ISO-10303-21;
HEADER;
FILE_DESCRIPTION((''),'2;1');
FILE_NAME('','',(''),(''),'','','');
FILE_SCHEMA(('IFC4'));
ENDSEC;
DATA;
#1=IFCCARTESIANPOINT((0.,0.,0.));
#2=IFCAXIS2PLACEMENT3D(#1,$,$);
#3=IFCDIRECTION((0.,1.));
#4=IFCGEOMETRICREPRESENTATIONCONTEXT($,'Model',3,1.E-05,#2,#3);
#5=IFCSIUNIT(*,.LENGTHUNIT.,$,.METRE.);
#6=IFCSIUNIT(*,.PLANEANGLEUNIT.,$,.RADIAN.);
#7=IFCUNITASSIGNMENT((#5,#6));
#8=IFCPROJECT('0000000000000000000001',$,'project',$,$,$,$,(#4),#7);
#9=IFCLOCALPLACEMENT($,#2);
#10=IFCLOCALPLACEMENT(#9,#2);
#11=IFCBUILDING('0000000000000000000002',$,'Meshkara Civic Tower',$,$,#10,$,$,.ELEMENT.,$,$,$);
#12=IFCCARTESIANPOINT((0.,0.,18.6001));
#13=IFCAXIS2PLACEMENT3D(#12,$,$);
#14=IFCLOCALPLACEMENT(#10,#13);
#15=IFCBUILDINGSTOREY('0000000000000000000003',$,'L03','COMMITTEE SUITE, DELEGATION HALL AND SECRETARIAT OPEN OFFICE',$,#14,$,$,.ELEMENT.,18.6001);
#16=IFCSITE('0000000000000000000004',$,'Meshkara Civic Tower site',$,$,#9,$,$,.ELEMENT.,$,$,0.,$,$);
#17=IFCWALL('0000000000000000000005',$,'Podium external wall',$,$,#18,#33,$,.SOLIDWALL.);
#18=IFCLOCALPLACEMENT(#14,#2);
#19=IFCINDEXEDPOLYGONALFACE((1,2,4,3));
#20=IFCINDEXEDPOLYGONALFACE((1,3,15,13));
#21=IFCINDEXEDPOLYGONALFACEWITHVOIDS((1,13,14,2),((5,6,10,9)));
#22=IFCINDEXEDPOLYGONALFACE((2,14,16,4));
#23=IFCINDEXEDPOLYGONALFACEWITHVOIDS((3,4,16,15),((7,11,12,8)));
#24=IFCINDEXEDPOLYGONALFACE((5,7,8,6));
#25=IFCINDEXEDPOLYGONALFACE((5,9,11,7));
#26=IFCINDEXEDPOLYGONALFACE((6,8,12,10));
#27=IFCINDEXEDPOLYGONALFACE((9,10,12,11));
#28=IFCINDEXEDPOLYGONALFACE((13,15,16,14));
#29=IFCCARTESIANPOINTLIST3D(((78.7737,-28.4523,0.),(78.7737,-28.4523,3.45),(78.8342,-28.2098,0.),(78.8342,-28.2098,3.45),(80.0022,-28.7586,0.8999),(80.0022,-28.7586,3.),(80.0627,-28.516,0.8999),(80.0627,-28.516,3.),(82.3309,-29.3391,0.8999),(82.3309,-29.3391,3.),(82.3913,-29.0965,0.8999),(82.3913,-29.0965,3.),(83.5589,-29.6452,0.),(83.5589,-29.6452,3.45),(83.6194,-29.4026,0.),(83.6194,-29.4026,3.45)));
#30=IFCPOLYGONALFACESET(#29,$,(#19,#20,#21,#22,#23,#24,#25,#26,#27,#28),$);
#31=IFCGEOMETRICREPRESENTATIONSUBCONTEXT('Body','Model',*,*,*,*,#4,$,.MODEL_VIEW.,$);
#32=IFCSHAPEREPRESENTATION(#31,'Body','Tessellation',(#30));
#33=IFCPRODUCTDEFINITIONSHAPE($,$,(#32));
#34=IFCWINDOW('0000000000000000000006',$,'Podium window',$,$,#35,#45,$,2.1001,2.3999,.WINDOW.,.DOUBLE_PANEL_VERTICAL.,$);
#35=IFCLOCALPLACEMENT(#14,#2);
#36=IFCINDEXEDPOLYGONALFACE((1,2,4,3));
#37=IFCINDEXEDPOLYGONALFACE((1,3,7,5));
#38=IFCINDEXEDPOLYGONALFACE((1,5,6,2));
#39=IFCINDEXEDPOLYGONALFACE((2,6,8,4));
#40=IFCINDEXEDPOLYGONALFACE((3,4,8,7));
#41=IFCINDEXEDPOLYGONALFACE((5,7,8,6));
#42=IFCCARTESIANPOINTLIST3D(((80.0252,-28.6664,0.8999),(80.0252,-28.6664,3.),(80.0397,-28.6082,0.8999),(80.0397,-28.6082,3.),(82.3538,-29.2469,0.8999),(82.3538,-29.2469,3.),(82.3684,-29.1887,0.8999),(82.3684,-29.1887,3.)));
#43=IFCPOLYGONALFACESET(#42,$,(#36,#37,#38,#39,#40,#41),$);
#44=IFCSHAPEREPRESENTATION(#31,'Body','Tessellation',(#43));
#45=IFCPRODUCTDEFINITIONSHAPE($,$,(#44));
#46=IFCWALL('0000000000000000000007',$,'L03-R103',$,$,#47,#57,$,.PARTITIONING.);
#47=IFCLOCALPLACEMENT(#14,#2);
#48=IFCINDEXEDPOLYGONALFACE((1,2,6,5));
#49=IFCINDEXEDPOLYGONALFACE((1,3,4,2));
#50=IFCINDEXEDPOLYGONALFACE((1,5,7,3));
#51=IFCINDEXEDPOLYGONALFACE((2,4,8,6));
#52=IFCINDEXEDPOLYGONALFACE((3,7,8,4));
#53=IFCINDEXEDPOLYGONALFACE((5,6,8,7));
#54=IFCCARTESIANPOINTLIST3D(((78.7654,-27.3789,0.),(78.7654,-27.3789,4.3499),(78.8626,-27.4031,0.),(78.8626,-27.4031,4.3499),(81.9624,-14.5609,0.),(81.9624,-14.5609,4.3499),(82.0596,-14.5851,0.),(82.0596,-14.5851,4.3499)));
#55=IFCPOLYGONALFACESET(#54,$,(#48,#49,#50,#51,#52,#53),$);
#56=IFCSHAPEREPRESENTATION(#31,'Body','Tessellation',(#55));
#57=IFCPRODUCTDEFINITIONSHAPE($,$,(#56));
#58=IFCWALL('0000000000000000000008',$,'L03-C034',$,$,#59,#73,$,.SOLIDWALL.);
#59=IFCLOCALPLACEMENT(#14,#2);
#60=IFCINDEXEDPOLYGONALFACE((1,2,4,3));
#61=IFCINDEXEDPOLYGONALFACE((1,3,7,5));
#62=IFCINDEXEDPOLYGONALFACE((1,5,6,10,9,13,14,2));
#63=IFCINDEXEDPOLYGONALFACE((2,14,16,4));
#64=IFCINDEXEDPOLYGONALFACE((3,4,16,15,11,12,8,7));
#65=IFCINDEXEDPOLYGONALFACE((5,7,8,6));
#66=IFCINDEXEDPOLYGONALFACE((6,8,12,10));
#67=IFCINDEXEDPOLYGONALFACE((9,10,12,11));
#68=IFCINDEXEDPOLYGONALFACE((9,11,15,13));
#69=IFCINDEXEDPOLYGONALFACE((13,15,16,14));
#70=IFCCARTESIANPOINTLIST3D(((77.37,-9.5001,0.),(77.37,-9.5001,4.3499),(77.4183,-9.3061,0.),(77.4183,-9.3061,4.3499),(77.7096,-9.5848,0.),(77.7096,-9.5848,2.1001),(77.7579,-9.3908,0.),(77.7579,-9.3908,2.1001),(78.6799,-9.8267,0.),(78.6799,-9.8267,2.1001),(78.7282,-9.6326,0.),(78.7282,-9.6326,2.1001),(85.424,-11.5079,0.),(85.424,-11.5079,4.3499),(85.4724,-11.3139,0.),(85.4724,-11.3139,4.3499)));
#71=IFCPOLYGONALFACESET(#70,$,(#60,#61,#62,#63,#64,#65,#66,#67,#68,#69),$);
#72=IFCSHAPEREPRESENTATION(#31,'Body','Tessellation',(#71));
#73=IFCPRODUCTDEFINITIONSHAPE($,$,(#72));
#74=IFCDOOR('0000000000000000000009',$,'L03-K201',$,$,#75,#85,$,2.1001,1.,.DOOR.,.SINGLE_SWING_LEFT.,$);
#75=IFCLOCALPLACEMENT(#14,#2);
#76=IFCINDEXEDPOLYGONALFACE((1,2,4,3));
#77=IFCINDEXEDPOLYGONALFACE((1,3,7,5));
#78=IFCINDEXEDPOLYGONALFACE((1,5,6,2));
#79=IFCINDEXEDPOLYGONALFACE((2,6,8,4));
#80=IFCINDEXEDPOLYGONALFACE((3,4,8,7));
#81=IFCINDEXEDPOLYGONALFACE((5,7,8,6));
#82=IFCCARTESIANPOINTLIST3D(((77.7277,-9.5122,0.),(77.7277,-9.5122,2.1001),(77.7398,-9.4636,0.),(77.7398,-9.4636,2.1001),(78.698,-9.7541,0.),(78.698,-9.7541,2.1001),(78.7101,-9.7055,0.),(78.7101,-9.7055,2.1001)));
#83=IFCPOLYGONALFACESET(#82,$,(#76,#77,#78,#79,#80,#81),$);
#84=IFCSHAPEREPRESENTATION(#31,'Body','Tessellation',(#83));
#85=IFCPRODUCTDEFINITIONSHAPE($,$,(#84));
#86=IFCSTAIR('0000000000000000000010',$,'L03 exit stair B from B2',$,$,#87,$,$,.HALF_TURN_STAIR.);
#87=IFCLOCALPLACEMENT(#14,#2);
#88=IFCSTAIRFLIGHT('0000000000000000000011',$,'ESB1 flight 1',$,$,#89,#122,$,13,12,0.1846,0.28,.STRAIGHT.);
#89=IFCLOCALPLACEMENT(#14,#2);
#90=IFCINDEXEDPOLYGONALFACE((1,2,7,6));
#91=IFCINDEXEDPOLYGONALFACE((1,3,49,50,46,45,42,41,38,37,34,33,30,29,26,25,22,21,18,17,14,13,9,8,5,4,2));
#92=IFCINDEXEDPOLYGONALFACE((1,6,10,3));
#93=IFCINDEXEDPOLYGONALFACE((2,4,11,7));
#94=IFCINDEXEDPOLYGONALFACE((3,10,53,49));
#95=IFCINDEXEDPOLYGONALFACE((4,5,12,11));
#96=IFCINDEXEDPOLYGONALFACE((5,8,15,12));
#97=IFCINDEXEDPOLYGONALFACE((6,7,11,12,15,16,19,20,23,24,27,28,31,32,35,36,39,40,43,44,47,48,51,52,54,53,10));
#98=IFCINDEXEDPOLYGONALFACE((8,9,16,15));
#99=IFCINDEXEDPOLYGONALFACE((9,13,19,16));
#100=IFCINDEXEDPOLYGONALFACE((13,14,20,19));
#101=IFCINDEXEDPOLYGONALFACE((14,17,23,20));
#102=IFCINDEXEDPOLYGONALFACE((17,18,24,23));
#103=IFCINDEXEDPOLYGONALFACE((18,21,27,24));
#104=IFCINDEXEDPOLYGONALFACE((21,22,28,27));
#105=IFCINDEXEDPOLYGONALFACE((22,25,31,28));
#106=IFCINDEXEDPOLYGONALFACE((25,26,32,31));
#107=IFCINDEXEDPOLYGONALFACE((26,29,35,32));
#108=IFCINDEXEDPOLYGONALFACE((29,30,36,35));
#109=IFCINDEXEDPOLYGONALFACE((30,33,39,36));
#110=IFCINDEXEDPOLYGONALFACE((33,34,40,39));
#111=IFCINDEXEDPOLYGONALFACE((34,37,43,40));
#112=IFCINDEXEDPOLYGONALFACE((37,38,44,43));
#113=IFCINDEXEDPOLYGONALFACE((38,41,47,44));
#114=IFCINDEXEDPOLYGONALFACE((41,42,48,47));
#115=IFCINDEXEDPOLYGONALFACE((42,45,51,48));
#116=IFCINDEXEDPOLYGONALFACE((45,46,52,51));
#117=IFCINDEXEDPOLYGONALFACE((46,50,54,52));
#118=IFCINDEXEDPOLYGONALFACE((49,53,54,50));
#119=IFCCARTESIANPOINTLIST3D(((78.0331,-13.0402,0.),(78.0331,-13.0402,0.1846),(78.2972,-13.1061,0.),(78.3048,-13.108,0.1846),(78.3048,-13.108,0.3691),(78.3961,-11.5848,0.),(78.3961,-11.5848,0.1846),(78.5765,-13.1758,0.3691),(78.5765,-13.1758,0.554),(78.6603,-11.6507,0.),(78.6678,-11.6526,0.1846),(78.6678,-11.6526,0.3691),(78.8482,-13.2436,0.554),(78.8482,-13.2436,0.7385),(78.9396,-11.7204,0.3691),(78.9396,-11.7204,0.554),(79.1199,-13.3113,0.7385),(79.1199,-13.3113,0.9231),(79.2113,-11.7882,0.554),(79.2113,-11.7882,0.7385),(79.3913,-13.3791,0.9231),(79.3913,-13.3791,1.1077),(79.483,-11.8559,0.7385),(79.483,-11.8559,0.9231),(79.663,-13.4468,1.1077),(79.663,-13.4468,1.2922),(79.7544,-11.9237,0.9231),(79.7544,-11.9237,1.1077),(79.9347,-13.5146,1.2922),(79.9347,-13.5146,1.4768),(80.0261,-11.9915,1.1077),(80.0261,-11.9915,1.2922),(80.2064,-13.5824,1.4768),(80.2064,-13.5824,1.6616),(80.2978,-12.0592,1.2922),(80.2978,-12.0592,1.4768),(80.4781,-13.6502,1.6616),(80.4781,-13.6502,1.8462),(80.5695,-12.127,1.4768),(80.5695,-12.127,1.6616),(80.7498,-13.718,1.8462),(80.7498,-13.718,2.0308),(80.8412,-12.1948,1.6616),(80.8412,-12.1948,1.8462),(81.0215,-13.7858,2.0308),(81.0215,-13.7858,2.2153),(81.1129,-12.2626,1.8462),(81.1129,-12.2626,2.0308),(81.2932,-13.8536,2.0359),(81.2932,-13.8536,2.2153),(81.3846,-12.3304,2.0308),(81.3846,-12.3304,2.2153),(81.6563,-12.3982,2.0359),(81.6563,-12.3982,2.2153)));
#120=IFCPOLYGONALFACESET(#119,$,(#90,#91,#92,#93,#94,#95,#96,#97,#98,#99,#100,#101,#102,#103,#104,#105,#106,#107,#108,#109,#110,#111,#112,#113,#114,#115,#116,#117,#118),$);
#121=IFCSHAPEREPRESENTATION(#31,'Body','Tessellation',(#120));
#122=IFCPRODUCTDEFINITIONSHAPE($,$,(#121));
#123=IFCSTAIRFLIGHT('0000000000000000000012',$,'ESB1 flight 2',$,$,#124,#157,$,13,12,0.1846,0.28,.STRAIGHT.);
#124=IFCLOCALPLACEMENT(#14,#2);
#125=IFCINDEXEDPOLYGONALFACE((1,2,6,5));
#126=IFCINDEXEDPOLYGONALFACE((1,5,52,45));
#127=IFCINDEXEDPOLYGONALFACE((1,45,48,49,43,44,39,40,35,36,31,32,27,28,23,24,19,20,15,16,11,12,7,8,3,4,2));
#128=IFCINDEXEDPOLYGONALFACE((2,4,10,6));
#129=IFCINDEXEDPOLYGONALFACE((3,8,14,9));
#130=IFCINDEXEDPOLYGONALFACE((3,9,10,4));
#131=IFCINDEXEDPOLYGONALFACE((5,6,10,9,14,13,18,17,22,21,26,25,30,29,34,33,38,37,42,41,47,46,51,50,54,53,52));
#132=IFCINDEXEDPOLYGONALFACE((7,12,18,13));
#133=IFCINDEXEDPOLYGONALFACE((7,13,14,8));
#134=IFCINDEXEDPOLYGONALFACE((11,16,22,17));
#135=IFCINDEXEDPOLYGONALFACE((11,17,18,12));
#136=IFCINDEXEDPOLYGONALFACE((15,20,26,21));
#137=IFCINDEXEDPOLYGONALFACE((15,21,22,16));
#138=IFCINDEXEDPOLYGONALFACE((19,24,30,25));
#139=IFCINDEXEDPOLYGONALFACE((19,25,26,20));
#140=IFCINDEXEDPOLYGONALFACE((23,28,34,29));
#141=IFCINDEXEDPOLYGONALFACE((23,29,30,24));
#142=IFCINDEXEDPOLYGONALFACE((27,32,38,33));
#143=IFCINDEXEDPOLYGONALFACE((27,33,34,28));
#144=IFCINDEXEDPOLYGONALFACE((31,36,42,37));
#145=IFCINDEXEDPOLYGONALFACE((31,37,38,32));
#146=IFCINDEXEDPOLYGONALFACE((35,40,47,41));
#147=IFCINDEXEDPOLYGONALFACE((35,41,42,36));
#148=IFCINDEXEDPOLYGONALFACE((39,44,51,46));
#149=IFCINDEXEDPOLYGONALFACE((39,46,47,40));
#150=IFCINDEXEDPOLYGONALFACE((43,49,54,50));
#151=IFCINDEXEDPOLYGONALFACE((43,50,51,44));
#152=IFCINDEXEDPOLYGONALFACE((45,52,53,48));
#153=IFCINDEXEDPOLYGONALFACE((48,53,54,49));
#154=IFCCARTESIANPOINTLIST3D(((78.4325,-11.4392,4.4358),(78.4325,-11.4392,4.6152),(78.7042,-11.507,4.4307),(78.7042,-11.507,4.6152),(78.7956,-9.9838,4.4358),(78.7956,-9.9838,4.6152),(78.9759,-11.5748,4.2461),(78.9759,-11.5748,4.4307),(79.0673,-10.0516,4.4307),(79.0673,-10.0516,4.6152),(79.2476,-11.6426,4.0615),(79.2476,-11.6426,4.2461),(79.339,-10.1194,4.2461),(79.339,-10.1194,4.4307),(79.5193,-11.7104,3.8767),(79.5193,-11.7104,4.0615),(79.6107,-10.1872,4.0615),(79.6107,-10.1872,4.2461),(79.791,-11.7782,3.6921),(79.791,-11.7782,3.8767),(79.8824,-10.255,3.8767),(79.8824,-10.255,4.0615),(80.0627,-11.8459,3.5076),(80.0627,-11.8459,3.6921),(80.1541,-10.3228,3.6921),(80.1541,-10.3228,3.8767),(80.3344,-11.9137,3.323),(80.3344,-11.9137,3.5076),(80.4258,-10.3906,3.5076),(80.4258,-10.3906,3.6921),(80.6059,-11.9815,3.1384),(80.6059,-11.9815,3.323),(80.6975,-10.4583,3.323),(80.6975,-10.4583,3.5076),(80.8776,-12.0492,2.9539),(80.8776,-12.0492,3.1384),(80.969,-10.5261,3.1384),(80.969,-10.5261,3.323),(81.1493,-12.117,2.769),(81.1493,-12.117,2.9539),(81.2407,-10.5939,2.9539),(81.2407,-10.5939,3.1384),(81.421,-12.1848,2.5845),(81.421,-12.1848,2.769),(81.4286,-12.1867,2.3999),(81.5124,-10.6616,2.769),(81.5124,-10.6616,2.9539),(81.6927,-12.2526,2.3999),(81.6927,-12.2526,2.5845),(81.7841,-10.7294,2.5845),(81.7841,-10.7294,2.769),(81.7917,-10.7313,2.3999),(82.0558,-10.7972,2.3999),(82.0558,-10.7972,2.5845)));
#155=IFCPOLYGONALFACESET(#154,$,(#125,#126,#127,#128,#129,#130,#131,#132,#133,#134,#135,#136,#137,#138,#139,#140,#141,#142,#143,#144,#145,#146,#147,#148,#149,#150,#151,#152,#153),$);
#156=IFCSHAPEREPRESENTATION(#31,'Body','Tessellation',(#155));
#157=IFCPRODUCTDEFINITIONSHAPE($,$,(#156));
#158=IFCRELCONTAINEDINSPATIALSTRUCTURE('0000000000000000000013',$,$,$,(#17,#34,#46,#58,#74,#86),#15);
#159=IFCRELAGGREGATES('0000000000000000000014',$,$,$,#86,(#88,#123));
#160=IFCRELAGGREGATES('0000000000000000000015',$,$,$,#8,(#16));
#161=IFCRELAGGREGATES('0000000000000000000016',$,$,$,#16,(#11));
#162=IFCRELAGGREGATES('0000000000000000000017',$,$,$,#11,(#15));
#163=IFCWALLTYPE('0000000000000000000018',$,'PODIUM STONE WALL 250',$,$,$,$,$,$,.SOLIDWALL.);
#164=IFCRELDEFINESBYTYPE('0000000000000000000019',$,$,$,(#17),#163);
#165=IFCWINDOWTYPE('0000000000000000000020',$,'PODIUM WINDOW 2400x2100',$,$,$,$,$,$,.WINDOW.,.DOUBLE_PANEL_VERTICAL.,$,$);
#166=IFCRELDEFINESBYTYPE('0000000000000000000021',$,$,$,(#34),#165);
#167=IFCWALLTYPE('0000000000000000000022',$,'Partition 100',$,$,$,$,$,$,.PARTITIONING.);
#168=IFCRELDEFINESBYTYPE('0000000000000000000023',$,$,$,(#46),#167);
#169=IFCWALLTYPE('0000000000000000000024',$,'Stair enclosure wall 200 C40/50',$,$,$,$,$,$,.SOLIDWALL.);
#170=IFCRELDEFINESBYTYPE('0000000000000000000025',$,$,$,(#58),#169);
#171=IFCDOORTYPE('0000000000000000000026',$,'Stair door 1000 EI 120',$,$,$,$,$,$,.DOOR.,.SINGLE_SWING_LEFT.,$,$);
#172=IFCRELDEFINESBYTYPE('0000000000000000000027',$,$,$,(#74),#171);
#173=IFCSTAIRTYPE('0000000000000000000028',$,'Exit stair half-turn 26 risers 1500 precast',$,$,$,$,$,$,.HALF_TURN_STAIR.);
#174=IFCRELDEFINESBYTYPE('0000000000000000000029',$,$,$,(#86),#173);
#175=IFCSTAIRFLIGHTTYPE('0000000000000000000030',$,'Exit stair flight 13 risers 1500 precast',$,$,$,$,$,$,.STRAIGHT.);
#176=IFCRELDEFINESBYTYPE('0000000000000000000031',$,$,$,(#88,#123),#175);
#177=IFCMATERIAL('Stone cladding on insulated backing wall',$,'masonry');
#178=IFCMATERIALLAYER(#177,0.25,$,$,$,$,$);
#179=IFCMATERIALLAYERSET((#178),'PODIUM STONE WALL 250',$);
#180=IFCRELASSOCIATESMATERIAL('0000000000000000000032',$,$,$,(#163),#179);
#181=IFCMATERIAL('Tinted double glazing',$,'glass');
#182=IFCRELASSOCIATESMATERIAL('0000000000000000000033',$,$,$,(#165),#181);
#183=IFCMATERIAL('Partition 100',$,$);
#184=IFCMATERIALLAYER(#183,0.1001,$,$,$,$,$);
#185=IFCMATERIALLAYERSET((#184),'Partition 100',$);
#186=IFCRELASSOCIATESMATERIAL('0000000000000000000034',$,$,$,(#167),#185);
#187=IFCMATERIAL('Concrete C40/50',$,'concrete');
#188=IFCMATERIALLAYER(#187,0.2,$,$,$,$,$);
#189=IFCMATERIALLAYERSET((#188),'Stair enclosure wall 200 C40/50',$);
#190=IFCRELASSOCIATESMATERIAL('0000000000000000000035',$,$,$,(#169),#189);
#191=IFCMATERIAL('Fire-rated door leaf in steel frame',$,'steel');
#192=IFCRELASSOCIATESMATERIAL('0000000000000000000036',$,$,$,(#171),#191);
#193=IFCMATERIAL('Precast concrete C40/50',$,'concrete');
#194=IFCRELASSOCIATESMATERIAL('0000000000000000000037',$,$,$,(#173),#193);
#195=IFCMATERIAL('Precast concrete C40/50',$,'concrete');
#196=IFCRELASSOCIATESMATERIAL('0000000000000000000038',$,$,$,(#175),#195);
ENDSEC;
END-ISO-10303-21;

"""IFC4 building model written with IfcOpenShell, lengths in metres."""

from ifc_helpers import new_model, si_unit, direction, frame, frame_2d, origin, place, context, subcontext, project, spatial, polyline, rectangle, outline, extrude, material, layer, layer_set, type_object, element, fill, aggregate, save


model = new_model("IFC4")

# Units and contexts
model_context = context("Model", 3, precision=1e-05, world=origin(), true_north=direction((0.0, 1.0)))
body_context = subcontext(model_context, "Body", "Model", "MODEL_VIEW")
ifc_project = project(units=[si_unit("LENGTHUNIT", "METRE"), si_unit("PLANEANGLEUNIT", "RADIAN")], contexts=[model_context])

# Site, building, storey
site_placement = place(None, origin())
site = spatial("IfcSite", under=ifc_project, at=site_placement, Name="Meshkara Civic Tower site", CompositionType="ELEMENT", RefElevation=0.0)
building_placement = place(site_placement, origin())
building = spatial("IfcBuilding", under=site, at=building_placement, Name="Meshkara Civic Tower", CompositionType="ELEMENT")
storey_placement = place(building_placement, frame((0.0, 0.0, 18.6001)))
storey = spatial("IfcBuildingStorey", under=building, at=storey_placement, Name="L03", Description="COMMITTEE SUITE, DELEGATION HALL AND SECRETARIAT OPEN OFFICE", CompositionType="ELEMENT", Elevation=18.6001)

# Wall, opening, window
ifc_material_1 = material(Name="Stone cladding on insulated backing wall", Category="masonry")
ifc_layer_1 = layer(ifc_material_1, 0.25)
ifc_layer_set_1 = layer_set([ifc_layer_1], Name="PODIUM STONE WALL 250")
wall_type_1 = type_object("IfcWallType", Name="PODIUM STONE WALL 250", PredefinedType="SOLIDWALL", material=ifc_layer_set_1)
wall_1_placement = place(storey_placement, frame((78.804, -28.3311, 0.0), z_axis=(0.0, 0.0, 1.0), x_axis=(0.970305, -0.241883, 0.0)))
wall_1 = element("IfcWall", 1, at=wall_1_placement, inside=storey, type_object=wall_type_1, Name="Podium external wall", PredefinedType="SOLIDWALL", context=body_context, shape_type="SweptSolid", body=[
    extrude(rectangle(XDim=4.9316, YDim=0.25, at=frame_2d((2.4658, 0.0))), origin(), (0.0, 0.0, 1.0), 3.45),
])
opening_1_placement = place(wall_1_placement, frame((1.2661, 0.0, 0.8999)))
opening_1 = element("IfcOpeningElement", 2, at=opening_1_placement, cuts=wall_1, PredefinedType="OPENING", context=body_context, shape_type="SweptSolid", body=[
    extrude(rectangle(XDim=2.3999, YDim=2.1001, at=frame_2d((1.2, 1.05))), frame((0.0, 0.135, 0.0), z_axis=(0.0, -1.0, 0.0), x_axis=(1.0, 0.0, 0.0)), (0.0, 0.0, 1.0), 0.27),
])
ifc_material_2 = material(Name="Tinted double glazing", Category="glass")
window_type = type_object("IfcWindowType", Name="PODIUM WINDOW 2400x2100", PartitioningType="DOUBLE_PANEL_VERTICAL", PredefinedType="WINDOW", material=ifc_material_2)
window_placement = place(opening_1_placement, origin())
window = element("IfcWindow", 3, at=window_placement, inside=storey, type_object=window_type, Name="Podium window", OverallHeight=2.1001, OverallWidth=2.3999, PartitioningType="DOUBLE_PANEL_VERTICAL", PredefinedType="WINDOW", context=body_context, shape_type="SweptSolid", body=[
    extrude(rectangle(XDim=2.3999, YDim=2.1001, at=frame_2d((1.2, 1.05))), frame((0.0, 0.03, 0.0), z_axis=(0.0, -1.0, 0.0), x_axis=(1.0, 0.0, 0.0)), (0.0, 0.0, 1.0), 0.0601),
])
fill(opening_1, window)

# Wall
ifc_material_3 = material(Name="Partition 100")
ifc_layer_2 = layer(ifc_material_3, 0.1001)
ifc_layer_set_2 = layer_set([ifc_layer_2], Name="Partition 100")
wall_type_2 = type_object("IfcWallType", Name="Partition 100", PredefinedType="PARTITIONING", material=ifc_layer_set_2)
wall_2_placement = place(storey_placement, frame((78.814, -27.3911, 0.0), z_axis=(0.0, 0.0, 1.0), x_axis=(0.242001, 0.970276, 0.0)))
element("IfcWall", 4, at=wall_2_placement, inside=storey, type_object=wall_type_2, Name="L03-R103", PredefinedType="PARTITIONING", context=body_context, shape_type="SweptSolid", body=[
    extrude(rectangle(XDim=13.2107, YDim=0.1001, at=frame_2d((6.6055, 0.0))), origin(), (0.0, 0.0, 1.0), 4.3499),
])

# Wall, opening, door
ifc_material_4 = material(Name="Concrete C40/50", Category="concrete")
ifc_layer_3 = layer(ifc_material_4, 0.2)
ifc_layer_set_3 = layer_set([ifc_layer_3], Name="Stair enclosure wall 200 C40/50")
wall_type_3 = type_object("IfcWallType", Name="Stair enclosure wall 200 C40/50", PredefinedType="SOLIDWALL", material=ifc_layer_set_3)
wall_3_placement = place(storey_placement, frame((77.394, -9.4031, 0.0), z_axis=(0.0, 0.0, 1.0), x_axis=(0.970303, -0.241892, 0.0)))
wall_3 = element("IfcWall", 5, at=wall_3_placement, inside=storey, type_object=wall_type_3, Name="L03-C034", PredefinedType="SOLIDWALL", context=body_context, shape_type="SweptSolid", body=[
    extrude(rectangle(XDim=8.3005, YDim=0.2, at=frame_2d((4.1504, 0.0))), origin(), (0.0, 0.0, 1.0), 4.3499),
])
opening_2_placement = place(wall_3_placement, frame((0.3501, 0.0, 0.0)))
opening_2 = element("IfcOpeningElement", 6, at=opening_2_placement, cuts=wall_3, PredefinedType="OPENING", context=body_context, shape_type="SweptSolid", body=[
    extrude(rectangle(XDim=1.0, YDim=2.1001, at=frame_2d((0.5, 1.05))), frame((0.0, 0.1099, 0.0), z_axis=(0.0, -1.0, 0.0), x_axis=(1.0, 0.0, 0.0)), (0.0, 0.0, 1.0), 0.22),
])
ifc_material_5 = material(Name="Fire-rated door leaf in steel frame", Category="steel")
door_type_1 = type_object("IfcDoorType", Name="Stair door 1000 EI 120", OperationType="SINGLE_SWING_LEFT", PredefinedType="DOOR", material=ifc_material_5)
door_1_placement = place(opening_2_placement, origin())
door_1 = element("IfcDoor", 7, at=door_1_placement, inside=storey, type_object=door_type_1, Name="L03-K201", OperationType="SINGLE_SWING_LEFT", OverallHeight=2.1001, OverallWidth=1.0, PredefinedType="DOOR", context=body_context, shape_type="SweptSolid", body=[
    extrude(rectangle(XDim=1.0, YDim=2.1001, at=frame_2d((0.5, 1.05))), frame((0.0, 0.0249, 0.0), z_axis=(0.0, -1.0, 0.0), x_axis=(1.0, 0.0, 0.0)), (0.0, 0.0, 1.0), 0.05),
])
fill(opening_2, door_1)

# Stair, stair flights
ifc_material_6 = material(Name="Precast concrete C40/50", Category="concrete")
stair_type = type_object("IfcStairType", Name="Exit stair half-turn 26 risers 1500 precast", PredefinedType="HALF_TURN_STAIR", material=ifc_material_6)
stair_placement = place(storey_placement, origin())
stair = element("IfcStair", 8, at=stair_placement, inside=storey, type_object=stair_type, Name="L03 exit stair B from B2", PredefinedType="HALF_TURN_STAIR")
ifc_material_7 = material(Name="Precast concrete C40/50", Category="concrete")
stair_flight_type = type_object("IfcStairFlightType", Name="Exit stair flight 13 risers 1500 precast", PredefinedType="STRAIGHT", material=ifc_material_7)
stair_flight_1_placement = place(storey_placement, frame((78.2146, -12.3125, 0.0), z_axis=(0.0, 0.0, 1.0), x_axis=(0.97026, -0.242065, 0.0)))
stair_flight_1 = element("IfcStairFlight", 9, at=stair_flight_1_placement, type_object=stair_flight_type, Name="ESB1 flight 1", NumberOfRisers=13, NumberOfTreads=12, PredefinedType="STRAIGHT", RiserHeight=0.1846, TreadLength=0.28, context=body_context, shape_type="SweptSolid", body=[
    extrude(outline(polyline([(0.0, 0.0), (0.0, 0.1846), (0.28, 0.1846), (0.28, 0.3691), (0.5601, 0.3691), (0.5601, 0.554), (0.8401, 0.554), (0.8401, 0.7385), (1.1201, 0.7385), (1.1201, 0.9231), (1.3999, 0.9231), (1.3999, 1.1077), (1.6799, 1.1077), (1.6799, 1.2922), (1.96, 1.2922), (1.96, 1.4768), (2.24, 1.4768), (2.24, 1.6616), (2.52, 1.6616), (2.52, 1.8462), (2.8, 1.8462), (2.8, 2.0308), (3.0801, 2.0308), (3.0801, 2.2153), (3.3601, 2.2153), (3.3601, 2.3999), (3.3601, 2.0359), (0.2722, 0.0), (0.0, 0.0)])), frame((0.0, 0.75, 0.0), z_axis=(0.0, -1.0, 0.0), x_axis=(1.0, 0.0, 0.0)), (0.0, 0.0, 1.0), 1.5),
])
stair_flight_2_placement = place(storey_placement, frame((81.8743, -11.5249, 2.3999), z_axis=(0.0, 0.0, 1.0), x_axis=(-0.97026, 0.242065, 0.0)))
stair_flight_2 = element("IfcStairFlight", 10, at=stair_flight_2_placement, type_object=stair_flight_type, Name="ESB1 flight 2", NumberOfRisers=13, NumberOfTreads=12, PredefinedType="STRAIGHT", RiserHeight=0.1846, TreadLength=0.28, context=body_context, shape_type="SweptSolid", body=[
    extrude(outline(polyline([(0.0, 0.0), (0.0, 0.1846), (0.28, 0.1846), (0.28, 0.3691), (0.5601, 0.3691), (0.5601, 0.554), (0.8401, 0.554), (0.8401, 0.7385), (1.1201, 0.7385), (1.1201, 0.9231), (1.3999, 0.9231), (1.3999, 1.1077), (1.6799, 1.1077), (1.6799, 1.2922), (1.96, 1.2922), (1.96, 1.4768), (2.24, 1.4768), (2.24, 1.6616), (2.52, 1.6616), (2.52, 1.8462), (2.8, 1.8462), (2.8, 2.0308), (3.0801, 2.0308), (3.0801, 2.2153), (3.3601, 2.2153), (3.3601, 2.3999), (3.3601, 2.0359), (0.2722, 0.0), (0.0, 0.0)])), frame((0.0, 0.75, 0.0), z_axis=(0.0, -1.0, 0.0), x_axis=(1.0, 0.0, 0.0)), (0.0, 0.0, 1.0), 1.5),
])
aggregate(stair, [stair_flight_1, stair_flight_2])

save(model, "model.ifc")
